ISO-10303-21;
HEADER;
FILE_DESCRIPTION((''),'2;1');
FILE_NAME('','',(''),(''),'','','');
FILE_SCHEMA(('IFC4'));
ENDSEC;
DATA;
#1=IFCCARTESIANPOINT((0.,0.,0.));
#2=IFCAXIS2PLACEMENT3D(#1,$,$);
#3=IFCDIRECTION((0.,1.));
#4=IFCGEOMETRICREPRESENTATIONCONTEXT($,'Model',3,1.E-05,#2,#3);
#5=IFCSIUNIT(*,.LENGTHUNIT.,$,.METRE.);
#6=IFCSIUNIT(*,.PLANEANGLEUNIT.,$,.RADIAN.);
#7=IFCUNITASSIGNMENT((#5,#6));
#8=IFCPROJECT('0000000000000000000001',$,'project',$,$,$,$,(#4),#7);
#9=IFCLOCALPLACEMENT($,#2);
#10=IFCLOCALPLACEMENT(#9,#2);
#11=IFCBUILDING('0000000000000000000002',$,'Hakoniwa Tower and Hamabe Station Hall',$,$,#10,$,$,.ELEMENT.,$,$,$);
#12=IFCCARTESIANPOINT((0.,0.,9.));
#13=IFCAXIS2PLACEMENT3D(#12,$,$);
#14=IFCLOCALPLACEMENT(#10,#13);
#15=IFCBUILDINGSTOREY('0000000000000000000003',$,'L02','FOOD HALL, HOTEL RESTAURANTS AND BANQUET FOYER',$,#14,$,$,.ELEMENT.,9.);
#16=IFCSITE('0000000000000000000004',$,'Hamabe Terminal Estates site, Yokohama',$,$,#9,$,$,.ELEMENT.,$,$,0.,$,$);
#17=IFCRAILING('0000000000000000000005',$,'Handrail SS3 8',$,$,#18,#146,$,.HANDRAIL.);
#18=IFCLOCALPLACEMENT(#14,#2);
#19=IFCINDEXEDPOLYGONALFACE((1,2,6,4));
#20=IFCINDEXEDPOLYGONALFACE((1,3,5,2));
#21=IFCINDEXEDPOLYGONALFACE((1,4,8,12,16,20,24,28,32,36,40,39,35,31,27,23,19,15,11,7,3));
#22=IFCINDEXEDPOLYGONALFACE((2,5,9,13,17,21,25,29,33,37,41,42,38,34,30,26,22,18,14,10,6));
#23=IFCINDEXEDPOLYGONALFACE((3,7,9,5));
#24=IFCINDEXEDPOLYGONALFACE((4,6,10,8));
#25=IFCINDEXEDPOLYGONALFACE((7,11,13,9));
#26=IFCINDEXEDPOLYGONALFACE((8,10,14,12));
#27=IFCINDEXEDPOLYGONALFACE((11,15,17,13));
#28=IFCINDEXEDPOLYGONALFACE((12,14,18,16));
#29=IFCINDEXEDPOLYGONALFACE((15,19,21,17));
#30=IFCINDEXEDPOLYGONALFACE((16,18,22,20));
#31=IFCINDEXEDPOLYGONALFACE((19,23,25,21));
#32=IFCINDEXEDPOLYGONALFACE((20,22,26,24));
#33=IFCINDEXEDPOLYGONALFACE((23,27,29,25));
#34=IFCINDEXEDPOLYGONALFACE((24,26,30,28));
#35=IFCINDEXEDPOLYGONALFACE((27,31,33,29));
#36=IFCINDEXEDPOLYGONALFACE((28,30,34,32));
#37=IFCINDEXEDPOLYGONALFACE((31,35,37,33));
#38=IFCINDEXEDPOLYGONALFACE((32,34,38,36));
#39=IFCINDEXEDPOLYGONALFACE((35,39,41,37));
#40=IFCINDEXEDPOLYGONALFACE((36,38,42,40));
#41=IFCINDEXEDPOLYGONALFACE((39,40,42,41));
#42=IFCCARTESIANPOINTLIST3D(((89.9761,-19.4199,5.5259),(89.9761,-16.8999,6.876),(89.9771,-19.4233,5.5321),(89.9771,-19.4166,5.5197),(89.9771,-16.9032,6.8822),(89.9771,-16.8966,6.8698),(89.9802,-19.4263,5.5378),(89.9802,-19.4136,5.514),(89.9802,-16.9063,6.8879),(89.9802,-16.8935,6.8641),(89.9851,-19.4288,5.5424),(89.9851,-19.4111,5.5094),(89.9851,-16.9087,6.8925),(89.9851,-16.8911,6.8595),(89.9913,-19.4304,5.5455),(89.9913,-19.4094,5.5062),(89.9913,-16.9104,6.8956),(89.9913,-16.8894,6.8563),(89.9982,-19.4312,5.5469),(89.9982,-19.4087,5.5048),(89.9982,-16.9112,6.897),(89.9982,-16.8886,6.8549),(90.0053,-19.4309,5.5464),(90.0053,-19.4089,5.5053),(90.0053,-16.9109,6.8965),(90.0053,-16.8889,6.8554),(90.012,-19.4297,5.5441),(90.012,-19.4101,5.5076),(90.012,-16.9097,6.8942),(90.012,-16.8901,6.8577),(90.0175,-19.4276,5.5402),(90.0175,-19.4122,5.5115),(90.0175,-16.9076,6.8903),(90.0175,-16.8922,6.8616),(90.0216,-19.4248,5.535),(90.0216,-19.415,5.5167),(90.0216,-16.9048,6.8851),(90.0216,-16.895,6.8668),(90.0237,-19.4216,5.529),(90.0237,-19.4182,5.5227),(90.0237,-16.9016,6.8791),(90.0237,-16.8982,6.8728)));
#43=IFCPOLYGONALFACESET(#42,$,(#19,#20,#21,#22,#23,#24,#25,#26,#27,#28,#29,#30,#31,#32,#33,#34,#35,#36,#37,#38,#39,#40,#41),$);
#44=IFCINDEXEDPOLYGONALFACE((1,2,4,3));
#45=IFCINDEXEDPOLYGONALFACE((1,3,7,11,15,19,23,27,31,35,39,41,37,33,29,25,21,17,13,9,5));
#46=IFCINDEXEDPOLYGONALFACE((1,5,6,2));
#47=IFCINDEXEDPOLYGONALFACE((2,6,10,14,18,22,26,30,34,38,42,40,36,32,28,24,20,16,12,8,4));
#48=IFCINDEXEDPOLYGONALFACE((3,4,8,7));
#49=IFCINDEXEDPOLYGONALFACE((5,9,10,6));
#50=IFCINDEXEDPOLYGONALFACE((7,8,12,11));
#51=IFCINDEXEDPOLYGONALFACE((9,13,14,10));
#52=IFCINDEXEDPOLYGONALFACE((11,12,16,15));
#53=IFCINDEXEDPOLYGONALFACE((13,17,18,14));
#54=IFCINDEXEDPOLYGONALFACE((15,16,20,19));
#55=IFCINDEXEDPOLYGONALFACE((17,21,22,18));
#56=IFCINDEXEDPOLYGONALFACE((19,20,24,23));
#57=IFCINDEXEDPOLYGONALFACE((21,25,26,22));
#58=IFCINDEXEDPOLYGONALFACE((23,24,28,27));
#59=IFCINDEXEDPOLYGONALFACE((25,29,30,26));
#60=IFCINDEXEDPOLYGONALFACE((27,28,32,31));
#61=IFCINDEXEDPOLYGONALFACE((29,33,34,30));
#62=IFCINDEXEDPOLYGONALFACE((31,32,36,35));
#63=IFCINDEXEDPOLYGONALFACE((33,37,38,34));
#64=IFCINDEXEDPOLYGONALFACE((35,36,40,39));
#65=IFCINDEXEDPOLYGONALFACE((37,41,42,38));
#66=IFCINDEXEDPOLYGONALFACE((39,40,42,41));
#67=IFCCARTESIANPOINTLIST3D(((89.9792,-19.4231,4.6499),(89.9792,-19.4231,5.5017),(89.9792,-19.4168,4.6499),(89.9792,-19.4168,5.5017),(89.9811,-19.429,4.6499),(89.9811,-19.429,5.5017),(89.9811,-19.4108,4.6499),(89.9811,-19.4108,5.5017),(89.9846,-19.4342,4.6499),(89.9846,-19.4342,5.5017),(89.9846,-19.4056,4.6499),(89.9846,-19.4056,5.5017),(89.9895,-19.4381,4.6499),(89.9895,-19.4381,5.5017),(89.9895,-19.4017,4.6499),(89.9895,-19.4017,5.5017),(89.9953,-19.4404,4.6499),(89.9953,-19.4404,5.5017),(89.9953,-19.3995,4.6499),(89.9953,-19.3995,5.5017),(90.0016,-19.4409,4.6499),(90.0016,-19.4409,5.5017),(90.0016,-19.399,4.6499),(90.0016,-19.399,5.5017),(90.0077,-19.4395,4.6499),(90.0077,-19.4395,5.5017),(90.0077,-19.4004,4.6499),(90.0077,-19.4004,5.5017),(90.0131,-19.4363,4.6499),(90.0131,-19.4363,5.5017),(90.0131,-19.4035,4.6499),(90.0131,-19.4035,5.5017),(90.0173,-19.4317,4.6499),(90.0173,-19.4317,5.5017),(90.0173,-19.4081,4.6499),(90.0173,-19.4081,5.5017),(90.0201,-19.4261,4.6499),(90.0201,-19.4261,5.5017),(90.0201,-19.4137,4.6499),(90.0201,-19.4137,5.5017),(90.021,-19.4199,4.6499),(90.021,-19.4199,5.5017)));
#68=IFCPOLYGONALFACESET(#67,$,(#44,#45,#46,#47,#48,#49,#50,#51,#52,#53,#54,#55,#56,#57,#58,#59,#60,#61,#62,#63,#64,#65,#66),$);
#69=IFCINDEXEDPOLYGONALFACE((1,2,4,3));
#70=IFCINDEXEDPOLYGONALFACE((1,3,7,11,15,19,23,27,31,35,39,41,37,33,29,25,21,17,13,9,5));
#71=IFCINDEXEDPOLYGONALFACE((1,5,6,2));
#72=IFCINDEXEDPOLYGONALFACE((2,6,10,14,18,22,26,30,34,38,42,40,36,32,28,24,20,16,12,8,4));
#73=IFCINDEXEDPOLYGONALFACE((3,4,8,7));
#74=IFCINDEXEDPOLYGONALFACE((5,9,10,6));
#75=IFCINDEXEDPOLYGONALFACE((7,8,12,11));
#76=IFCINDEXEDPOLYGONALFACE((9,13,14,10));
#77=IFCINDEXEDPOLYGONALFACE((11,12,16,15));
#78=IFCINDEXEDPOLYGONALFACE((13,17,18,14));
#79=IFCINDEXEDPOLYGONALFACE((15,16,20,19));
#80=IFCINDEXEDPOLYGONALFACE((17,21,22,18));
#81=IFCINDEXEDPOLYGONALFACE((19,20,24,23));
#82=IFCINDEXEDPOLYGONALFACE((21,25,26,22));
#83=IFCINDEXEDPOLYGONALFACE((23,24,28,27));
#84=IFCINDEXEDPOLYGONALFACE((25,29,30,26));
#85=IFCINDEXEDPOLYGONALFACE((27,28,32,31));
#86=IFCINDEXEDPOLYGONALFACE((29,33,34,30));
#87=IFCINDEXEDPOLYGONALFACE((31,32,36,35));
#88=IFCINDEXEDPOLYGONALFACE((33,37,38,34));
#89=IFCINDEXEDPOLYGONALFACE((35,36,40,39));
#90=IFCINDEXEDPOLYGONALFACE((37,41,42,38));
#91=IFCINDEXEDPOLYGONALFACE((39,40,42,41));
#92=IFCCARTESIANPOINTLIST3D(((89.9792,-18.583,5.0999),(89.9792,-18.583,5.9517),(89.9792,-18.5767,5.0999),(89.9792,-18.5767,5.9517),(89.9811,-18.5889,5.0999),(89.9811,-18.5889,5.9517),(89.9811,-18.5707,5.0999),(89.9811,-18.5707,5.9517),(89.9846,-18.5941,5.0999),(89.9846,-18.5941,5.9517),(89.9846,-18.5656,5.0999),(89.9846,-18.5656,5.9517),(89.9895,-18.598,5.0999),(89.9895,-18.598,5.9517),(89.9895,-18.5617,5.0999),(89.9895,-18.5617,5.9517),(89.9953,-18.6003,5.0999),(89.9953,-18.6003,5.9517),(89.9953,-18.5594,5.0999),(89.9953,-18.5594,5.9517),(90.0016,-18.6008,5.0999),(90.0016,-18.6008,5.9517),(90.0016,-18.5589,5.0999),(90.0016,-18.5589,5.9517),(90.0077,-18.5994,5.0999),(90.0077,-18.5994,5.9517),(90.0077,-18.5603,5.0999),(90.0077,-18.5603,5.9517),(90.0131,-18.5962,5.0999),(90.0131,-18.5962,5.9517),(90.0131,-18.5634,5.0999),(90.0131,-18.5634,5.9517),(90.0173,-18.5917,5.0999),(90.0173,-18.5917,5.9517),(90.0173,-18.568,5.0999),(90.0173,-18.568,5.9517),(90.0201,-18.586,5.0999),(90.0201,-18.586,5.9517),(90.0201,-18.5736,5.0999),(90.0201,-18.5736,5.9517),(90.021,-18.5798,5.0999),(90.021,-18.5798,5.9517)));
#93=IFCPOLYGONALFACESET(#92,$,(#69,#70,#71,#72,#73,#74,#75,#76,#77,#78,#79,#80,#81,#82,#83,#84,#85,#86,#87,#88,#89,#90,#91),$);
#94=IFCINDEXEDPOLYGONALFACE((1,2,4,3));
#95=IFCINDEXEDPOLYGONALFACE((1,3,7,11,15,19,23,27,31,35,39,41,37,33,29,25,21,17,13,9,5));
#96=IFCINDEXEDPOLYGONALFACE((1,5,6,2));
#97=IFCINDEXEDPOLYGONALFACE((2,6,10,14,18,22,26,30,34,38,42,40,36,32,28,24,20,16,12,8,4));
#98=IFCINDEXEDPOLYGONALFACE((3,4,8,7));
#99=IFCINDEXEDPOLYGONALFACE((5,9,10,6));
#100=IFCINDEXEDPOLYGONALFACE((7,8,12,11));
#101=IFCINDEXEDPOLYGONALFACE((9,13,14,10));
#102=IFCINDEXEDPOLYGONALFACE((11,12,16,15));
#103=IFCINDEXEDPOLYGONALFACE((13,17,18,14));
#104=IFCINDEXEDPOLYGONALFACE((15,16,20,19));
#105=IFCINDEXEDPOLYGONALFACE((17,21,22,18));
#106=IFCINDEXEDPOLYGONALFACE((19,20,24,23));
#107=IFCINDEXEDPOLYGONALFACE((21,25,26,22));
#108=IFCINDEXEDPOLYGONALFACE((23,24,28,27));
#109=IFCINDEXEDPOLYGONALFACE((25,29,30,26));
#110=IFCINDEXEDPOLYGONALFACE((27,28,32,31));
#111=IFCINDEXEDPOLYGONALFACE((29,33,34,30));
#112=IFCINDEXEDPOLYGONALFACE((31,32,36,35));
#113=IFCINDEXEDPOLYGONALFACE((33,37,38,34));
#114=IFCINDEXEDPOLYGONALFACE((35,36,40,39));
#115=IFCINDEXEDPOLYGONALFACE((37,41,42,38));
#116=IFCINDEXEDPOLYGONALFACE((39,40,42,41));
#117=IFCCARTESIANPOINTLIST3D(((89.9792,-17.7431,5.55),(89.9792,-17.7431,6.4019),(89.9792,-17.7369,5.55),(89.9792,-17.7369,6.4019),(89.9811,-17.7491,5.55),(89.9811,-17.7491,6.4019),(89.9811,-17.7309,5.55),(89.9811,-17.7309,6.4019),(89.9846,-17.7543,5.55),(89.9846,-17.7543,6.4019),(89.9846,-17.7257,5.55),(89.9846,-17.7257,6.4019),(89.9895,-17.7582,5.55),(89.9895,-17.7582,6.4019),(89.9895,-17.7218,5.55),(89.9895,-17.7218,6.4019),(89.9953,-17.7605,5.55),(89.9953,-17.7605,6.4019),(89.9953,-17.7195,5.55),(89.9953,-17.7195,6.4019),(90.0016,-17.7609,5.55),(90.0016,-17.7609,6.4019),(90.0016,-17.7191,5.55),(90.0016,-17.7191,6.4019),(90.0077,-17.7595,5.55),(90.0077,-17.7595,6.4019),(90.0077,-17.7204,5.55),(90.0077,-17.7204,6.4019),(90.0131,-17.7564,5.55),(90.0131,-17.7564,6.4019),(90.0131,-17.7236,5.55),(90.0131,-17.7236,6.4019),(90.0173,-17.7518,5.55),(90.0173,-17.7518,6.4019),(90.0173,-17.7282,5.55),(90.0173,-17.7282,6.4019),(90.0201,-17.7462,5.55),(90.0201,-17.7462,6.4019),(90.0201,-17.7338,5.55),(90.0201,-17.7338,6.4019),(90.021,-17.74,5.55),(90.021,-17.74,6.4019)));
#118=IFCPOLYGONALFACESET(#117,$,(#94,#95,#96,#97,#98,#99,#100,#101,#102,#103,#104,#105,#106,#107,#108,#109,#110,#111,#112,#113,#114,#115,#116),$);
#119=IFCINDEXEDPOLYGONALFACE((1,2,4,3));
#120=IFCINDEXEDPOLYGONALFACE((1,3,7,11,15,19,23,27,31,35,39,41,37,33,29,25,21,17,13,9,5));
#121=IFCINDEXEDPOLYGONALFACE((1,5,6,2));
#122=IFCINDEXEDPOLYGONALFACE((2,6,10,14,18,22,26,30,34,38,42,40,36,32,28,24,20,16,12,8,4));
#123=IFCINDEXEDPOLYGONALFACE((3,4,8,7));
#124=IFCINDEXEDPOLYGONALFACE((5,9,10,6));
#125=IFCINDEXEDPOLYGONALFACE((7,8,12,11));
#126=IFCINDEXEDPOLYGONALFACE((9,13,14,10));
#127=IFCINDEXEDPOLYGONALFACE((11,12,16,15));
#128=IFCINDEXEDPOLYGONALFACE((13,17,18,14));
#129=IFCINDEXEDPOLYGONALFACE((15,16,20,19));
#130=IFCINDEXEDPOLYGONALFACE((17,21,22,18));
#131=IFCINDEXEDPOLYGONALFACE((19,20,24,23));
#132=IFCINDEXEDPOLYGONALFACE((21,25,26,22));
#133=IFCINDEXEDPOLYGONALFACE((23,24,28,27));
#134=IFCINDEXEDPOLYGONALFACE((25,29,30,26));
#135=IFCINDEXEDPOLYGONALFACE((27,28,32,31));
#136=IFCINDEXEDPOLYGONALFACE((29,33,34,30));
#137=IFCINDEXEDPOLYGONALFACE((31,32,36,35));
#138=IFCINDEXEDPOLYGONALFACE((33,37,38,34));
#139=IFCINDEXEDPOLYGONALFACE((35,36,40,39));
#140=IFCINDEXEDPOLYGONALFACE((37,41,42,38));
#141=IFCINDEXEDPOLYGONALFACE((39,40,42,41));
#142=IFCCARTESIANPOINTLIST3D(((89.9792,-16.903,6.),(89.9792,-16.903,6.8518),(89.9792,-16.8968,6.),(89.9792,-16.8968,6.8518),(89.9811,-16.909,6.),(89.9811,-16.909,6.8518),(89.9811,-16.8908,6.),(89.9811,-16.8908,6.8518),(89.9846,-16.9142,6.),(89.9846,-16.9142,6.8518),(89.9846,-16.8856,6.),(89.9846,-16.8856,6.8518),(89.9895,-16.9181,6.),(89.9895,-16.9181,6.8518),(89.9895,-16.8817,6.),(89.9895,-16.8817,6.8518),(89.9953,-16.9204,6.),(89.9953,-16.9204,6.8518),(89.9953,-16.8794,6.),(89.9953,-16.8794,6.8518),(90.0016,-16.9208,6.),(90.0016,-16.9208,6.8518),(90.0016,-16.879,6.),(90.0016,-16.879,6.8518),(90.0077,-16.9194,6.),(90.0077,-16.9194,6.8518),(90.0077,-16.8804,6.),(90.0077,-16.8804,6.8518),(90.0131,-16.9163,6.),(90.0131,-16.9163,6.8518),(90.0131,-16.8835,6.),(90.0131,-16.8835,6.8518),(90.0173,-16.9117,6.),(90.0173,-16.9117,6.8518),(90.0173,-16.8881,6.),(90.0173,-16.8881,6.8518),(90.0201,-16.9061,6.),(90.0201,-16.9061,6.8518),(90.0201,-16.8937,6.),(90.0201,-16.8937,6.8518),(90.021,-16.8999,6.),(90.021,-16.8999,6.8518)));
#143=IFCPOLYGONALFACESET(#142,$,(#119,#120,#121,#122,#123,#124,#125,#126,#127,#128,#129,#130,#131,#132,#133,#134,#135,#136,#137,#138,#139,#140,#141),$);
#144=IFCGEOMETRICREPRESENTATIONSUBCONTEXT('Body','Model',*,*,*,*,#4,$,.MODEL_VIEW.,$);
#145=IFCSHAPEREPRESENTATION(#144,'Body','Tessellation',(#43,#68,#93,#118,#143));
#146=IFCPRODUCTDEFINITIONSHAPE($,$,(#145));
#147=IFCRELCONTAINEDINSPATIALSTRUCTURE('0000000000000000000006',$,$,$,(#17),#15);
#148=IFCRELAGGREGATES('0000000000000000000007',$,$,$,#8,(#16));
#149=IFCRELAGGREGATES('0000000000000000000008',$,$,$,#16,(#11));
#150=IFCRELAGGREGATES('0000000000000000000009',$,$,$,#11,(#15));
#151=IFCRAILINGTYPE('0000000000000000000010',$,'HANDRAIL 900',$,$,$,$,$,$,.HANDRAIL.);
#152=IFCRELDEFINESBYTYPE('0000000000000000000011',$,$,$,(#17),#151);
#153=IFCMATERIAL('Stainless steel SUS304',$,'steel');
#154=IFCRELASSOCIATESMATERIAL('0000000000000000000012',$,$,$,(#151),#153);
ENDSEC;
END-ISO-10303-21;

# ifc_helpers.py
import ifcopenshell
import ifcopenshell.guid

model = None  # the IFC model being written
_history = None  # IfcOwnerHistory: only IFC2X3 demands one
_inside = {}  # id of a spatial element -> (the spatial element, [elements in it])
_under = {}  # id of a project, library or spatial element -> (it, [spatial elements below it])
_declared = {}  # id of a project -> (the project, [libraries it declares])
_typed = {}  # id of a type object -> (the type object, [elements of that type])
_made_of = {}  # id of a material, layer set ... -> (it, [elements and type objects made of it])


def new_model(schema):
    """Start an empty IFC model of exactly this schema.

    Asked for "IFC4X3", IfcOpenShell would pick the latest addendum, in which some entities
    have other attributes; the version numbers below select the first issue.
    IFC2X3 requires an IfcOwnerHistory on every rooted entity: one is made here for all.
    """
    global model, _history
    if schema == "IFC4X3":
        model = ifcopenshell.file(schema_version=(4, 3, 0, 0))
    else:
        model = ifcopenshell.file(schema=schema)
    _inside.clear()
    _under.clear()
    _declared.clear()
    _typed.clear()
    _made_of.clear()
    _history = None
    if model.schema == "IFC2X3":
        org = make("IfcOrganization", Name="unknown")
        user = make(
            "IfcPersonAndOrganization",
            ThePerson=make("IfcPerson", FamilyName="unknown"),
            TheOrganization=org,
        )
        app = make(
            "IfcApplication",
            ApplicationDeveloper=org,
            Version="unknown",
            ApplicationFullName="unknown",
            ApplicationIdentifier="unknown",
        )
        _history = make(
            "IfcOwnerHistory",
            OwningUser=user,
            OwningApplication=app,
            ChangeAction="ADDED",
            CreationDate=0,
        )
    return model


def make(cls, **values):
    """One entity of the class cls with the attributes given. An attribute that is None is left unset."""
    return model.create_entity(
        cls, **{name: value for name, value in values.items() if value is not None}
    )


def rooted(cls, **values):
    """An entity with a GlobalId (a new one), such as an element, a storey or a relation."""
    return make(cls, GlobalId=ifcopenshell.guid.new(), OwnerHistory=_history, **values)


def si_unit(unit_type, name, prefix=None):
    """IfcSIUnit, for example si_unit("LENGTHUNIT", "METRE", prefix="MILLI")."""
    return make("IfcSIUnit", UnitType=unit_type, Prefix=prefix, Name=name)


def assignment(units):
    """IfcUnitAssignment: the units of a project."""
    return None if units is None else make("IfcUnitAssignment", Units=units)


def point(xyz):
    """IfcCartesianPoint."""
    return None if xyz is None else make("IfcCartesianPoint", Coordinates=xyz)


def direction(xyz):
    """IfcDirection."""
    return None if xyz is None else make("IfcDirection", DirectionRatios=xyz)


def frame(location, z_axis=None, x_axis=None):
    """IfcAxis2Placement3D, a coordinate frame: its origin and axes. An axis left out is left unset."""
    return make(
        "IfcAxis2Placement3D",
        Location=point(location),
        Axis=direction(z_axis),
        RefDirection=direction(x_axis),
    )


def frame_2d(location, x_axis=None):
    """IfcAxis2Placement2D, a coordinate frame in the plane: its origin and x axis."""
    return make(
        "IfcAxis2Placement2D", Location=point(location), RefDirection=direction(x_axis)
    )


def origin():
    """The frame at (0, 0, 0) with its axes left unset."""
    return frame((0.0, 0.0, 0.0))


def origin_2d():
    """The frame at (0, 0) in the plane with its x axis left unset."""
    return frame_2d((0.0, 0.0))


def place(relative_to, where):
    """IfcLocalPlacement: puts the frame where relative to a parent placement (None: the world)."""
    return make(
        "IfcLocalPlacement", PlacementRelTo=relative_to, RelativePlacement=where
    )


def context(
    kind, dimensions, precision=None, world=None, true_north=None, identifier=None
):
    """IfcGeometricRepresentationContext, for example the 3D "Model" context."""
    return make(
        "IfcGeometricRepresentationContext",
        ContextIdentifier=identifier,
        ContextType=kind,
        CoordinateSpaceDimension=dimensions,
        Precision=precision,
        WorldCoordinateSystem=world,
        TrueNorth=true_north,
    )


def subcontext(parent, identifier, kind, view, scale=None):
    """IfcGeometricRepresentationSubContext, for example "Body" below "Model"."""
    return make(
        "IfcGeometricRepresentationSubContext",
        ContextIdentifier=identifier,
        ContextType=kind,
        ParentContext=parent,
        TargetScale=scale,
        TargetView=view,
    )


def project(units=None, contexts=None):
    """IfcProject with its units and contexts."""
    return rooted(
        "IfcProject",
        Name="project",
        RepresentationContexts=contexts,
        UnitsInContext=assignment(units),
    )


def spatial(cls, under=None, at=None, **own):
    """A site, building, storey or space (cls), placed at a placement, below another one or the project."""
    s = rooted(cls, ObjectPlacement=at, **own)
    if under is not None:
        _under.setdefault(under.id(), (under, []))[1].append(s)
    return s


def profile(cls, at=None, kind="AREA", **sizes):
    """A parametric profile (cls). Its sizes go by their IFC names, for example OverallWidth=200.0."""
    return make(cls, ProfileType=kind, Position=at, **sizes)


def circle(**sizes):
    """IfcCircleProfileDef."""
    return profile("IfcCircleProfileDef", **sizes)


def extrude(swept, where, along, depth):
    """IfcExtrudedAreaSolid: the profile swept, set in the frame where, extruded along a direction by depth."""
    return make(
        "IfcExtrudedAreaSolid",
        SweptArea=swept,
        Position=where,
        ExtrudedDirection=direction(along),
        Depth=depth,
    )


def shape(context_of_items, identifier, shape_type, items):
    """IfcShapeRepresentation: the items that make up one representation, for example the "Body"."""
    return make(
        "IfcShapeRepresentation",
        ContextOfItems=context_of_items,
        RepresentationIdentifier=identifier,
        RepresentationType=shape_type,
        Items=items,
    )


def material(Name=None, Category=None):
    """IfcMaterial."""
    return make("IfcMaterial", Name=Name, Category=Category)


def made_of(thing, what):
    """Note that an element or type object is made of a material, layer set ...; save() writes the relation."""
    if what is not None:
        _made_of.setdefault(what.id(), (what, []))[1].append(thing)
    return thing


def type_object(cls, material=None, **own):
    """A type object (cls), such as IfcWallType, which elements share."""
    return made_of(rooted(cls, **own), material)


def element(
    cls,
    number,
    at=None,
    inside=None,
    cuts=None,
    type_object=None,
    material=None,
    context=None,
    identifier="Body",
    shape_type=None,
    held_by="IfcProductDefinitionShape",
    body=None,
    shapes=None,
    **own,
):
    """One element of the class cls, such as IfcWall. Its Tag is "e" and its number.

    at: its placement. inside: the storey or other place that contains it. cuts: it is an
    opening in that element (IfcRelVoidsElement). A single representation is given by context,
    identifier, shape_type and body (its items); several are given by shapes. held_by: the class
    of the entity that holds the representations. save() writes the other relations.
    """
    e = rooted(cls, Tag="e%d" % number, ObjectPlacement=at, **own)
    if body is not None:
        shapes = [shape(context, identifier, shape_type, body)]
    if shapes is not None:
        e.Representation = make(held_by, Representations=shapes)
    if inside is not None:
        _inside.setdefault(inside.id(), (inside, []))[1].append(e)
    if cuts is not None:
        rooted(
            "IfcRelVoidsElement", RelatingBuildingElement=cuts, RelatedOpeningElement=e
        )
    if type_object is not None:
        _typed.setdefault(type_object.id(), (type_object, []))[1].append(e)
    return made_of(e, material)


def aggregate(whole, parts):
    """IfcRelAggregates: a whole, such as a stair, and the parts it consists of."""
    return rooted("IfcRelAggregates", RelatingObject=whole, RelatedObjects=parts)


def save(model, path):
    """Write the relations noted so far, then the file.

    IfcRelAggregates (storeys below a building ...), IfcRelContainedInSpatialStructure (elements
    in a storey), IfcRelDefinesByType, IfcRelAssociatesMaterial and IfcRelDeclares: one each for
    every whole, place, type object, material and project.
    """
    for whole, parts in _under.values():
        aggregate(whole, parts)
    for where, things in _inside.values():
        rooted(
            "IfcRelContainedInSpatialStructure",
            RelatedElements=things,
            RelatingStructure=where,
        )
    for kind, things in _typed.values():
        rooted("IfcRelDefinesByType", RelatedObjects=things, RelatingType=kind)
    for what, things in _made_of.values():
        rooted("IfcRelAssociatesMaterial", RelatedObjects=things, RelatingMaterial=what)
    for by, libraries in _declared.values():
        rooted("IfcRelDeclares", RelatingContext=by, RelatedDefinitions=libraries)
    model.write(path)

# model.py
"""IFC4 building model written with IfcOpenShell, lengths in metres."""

from ifc_helpers import new_model, si_unit, direction, frame, origin, origin_2d, place, context, subcontext, project, spatial, circle, extrude, material, type_object, element, save


model = new_model("IFC4")

# Units and contexts
model_context = context("Model", 3, precision=1e-05, world=origin(), true_north=direction((0.0, 1.0)))
body_context = subcontext(model_context, "Body", "Model", "MODEL_VIEW")
ifc_project = project(units=[si_unit("LENGTHUNIT", "METRE"), si_unit("PLANEANGLEUNIT", "RADIAN")], contexts=[model_context])

# Site, building, storey
site_placement = place(None, origin())
site = spatial("IfcSite", under=ifc_project, at=site_placement, Name="Hamabe Terminal Estates site, Yokohama", CompositionType="ELEMENT", RefElevation=0.0)
building_placement = place(site_placement, origin())
building = spatial("IfcBuilding", under=site, at=building_placement, Name="Hakoniwa Tower and Hamabe Station Hall", CompositionType="ELEMENT")
storey_placement = place(building_placement, frame((0.0, 0.0, 9.0)))
storey = spatial("IfcBuildingStorey", under=building, at=storey_placement, Name="L02", Description="FOOD HALL, HOTEL RESTAURANTS AND BANQUET FOYER", CompositionType="ELEMENT", Elevation=9.0)

# Railing
ifc_material_1 = material(Name="Stainless steel SUS304", Category="steel")
railing_type_1 = type_object("IfcRailingType", Name="HANDRAIL 900", PredefinedType="HANDRAIL", material=ifc_material_1)
for number, where, name in (
    (1, (90.0, -19.4199, 4.6499), "Handrail SS3 8"),
):
    element("IfcRailing", number, at=place(storey_placement, frame(where)), inside=storey, type_object=railing_type_1, Name=name, PredefinedType="HANDRAIL", context=body_context, shape_type="SweptSolid", body=[
        extrude(circle(Radius=0.0239, at=origin_2d()), frame((0.0, 0.0, 0.876), z_axis=(0.0, 0.881467, 0.472245), x_axis=(-1.0, 0.0, 0.0)), (0.0, 0.0, 1.0), 2.8589),
        extrude(circle(Radius=0.021, at=origin_2d()), origin(), (0.0, 0.0, 1.0), 0.8518),
        extrude(circle(Radius=0.021, at=origin_2d()), frame((0.0, 0.8401, 0.45)), (0.0, 0.0, 1.0), 0.8518),
        extrude(circle(Radius=0.021, at=origin_2d()), frame((0.0, 1.6799, 0.9001)), (0.0, 0.0, 1.0), 0.8518),
        extrude(circle(Radius=0.021, at=origin_2d()), frame((0.0, 2.52, 1.3501)), (0.0, 0.0, 1.0), 0.8518),
    ])

save(model, "model.ifc")
